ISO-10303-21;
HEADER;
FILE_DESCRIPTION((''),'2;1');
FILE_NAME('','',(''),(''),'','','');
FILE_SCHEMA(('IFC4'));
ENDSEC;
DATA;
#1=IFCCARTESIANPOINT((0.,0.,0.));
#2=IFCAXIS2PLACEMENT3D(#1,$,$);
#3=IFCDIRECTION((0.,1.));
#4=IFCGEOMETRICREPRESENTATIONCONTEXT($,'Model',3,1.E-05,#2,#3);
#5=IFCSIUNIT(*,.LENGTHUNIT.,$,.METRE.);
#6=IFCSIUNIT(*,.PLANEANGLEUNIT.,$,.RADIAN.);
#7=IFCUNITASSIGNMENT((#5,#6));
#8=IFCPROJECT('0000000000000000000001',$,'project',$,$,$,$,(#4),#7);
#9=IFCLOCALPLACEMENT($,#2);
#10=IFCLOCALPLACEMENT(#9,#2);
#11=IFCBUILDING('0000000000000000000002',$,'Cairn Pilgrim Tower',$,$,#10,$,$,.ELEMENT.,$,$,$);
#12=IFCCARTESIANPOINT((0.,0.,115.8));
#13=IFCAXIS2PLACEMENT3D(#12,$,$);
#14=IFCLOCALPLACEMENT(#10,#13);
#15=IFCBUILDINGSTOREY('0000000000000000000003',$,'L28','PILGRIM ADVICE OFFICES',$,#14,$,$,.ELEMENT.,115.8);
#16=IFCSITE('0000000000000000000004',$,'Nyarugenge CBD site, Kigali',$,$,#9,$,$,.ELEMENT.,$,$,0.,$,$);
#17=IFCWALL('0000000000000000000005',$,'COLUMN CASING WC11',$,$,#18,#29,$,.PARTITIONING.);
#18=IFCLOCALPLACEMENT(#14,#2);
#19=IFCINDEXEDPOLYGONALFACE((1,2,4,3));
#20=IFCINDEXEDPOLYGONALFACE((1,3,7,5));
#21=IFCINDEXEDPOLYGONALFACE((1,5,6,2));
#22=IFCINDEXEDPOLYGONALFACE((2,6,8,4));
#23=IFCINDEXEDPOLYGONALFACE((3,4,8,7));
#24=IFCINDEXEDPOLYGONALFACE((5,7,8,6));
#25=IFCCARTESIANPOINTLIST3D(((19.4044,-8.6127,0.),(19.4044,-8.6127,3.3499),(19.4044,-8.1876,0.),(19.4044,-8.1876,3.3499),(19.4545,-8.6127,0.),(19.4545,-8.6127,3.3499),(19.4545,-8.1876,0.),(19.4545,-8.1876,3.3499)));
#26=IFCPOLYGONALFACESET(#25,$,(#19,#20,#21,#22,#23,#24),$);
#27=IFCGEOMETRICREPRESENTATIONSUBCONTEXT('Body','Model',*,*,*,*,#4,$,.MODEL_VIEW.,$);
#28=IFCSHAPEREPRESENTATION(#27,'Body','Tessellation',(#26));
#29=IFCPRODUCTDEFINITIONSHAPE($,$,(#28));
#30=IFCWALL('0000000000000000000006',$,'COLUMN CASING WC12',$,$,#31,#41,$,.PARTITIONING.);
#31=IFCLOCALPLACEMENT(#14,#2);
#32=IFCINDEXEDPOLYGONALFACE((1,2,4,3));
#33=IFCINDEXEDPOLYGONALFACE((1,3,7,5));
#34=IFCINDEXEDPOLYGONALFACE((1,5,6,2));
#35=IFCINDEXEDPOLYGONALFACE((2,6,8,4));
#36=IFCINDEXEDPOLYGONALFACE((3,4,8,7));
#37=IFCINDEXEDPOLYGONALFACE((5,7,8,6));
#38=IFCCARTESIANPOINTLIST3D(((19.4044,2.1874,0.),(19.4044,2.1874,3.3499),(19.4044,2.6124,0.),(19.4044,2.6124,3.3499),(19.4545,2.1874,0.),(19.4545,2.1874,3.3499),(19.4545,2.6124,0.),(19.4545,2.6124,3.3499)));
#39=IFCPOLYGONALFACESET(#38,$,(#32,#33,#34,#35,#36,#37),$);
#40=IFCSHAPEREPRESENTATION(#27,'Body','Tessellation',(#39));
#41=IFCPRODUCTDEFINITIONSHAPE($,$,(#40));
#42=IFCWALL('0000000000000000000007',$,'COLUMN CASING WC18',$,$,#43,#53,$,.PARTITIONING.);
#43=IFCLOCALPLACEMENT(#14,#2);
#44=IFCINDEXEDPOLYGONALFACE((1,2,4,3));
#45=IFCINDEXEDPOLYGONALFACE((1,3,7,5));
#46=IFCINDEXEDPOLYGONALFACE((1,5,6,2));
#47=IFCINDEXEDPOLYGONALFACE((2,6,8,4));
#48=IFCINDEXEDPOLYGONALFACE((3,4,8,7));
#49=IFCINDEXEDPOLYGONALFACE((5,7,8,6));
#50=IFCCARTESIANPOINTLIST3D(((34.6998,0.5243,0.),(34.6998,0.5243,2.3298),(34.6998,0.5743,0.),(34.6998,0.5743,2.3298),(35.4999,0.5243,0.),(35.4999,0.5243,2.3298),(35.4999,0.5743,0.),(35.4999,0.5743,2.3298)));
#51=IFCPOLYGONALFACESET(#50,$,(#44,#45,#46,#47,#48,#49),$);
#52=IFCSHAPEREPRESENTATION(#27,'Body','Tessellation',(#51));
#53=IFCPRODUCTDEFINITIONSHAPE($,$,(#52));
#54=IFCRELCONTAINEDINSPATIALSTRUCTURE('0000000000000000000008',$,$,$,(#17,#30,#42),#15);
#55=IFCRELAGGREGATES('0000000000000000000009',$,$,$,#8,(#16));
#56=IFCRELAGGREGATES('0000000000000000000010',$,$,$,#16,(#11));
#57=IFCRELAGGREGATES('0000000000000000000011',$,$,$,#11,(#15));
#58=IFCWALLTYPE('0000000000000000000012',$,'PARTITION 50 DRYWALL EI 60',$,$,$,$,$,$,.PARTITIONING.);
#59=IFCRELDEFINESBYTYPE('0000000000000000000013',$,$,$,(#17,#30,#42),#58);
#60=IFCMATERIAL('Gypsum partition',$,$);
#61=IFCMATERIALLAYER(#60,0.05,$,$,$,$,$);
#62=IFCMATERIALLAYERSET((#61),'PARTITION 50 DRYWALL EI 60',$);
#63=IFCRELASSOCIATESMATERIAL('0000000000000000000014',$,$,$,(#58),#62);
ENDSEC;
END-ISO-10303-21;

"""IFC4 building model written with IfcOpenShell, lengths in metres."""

from ifc_helpers import new_model, si_unit, direction, frame, frame_2d, origin, place, context, subcontext, project, spatial, rectangle, extrude, material, layer, layer_set, type_object, element, save


model = new_model("IFC4")

# Units and contexts
model_context = context("Model", 3, precision=1e-05, world=origin(), true_north=direction((0.0, 1.0)))
body_context = subcontext(model_context, "Body", "Model", "MODEL_VIEW")
ifc_project = project(units=[si_unit("LENGTHUNIT", "METRE"), si_unit("PLANEANGLEUNIT", "RADIAN")], contexts=[model_context])

# Site, building, storey
site_placement = place(None, origin())
site = spatial("IfcSite", under=ifc_project, at=site_placement, Name="Nyarugenge CBD site, Kigali", CompositionType="ELEMENT", RefElevation=0.0)
building_placement = place(site_placement, origin())
building = spatial("IfcBuilding", under=site, at=building_placement, Name="Cairn Pilgrim Tower", CompositionType="ELEMENT")
storey_placement = place(building_placement, frame((0.0, 0.0, 115.8)))
storey = spatial("IfcBuildingStorey", under=building, at=storey_placement, Name="L28", Description="PILGRIM ADVICE OFFICES", CompositionType="ELEMENT", Elevation=115.8)

# Shared definitions
ifc_material_1 = material(Name="Gypsum partition")

# Walls
ifc_layer_1 = layer(ifc_material_1, 0.05)
ifc_layer_set_1 = layer_set([ifc_layer_1], Name="PARTITION 50 DRYWALL EI 60")
wall_type_1 = type_object("IfcWallType", Name="PARTITION 50 DRYWALL EI 60", PredefinedType="PARTITIONING", material=ifc_layer_set_1)
for number, where, z_axis, x_axis, name in (
    (1, (19.4294, -8.6125, 0.0), (0.0, 0.0, 1.0), (0.0, 1.0, 0.0), "COLUMN CASING WC11"),
    (2, (19.4294, 2.1875, 0.0), (0.0, 0.0, 1.0), (0.0, 1.0, 0.0), "COLUMN CASING WC12"),
):
    element("IfcWall", number, at=place(storey_placement, frame(where, z_axis=z_axis, x_axis=x_axis)), inside=storey, type_object=wall_type_1, Name=name, PredefinedType="PARTITIONING", context=body_context, shape_type="SweptSolid", body=[
        extrude(rectangle(XDim=0.425, YDim=0.05, at=frame_2d((0.2124, 0.0))), origin(), (0.0, 0.0, 1.0), 3.3499),
    ])
wall_1_placement = place(storey_placement, frame((34.7, 0.5493, 0.0), z_axis=(0.0, 0.0, 1.0), x_axis=(1.0, 0.0, 0.0)))
element("IfcWall", 3, at=wall_1_placement, inside=storey, type_object=wall_type_1, Name="COLUMN CASING WC18", PredefinedType="PARTITIONING", context=body_context, shape_type="SweptSolid", body=[
    extrude(rectangle(XDim=0.8, YDim=0.05, at=frame_2d((0.3999, 0.0))), origin(), (0.0, 0.0, 1.0), 2.3298),
])

save(model, "model.ifc")
